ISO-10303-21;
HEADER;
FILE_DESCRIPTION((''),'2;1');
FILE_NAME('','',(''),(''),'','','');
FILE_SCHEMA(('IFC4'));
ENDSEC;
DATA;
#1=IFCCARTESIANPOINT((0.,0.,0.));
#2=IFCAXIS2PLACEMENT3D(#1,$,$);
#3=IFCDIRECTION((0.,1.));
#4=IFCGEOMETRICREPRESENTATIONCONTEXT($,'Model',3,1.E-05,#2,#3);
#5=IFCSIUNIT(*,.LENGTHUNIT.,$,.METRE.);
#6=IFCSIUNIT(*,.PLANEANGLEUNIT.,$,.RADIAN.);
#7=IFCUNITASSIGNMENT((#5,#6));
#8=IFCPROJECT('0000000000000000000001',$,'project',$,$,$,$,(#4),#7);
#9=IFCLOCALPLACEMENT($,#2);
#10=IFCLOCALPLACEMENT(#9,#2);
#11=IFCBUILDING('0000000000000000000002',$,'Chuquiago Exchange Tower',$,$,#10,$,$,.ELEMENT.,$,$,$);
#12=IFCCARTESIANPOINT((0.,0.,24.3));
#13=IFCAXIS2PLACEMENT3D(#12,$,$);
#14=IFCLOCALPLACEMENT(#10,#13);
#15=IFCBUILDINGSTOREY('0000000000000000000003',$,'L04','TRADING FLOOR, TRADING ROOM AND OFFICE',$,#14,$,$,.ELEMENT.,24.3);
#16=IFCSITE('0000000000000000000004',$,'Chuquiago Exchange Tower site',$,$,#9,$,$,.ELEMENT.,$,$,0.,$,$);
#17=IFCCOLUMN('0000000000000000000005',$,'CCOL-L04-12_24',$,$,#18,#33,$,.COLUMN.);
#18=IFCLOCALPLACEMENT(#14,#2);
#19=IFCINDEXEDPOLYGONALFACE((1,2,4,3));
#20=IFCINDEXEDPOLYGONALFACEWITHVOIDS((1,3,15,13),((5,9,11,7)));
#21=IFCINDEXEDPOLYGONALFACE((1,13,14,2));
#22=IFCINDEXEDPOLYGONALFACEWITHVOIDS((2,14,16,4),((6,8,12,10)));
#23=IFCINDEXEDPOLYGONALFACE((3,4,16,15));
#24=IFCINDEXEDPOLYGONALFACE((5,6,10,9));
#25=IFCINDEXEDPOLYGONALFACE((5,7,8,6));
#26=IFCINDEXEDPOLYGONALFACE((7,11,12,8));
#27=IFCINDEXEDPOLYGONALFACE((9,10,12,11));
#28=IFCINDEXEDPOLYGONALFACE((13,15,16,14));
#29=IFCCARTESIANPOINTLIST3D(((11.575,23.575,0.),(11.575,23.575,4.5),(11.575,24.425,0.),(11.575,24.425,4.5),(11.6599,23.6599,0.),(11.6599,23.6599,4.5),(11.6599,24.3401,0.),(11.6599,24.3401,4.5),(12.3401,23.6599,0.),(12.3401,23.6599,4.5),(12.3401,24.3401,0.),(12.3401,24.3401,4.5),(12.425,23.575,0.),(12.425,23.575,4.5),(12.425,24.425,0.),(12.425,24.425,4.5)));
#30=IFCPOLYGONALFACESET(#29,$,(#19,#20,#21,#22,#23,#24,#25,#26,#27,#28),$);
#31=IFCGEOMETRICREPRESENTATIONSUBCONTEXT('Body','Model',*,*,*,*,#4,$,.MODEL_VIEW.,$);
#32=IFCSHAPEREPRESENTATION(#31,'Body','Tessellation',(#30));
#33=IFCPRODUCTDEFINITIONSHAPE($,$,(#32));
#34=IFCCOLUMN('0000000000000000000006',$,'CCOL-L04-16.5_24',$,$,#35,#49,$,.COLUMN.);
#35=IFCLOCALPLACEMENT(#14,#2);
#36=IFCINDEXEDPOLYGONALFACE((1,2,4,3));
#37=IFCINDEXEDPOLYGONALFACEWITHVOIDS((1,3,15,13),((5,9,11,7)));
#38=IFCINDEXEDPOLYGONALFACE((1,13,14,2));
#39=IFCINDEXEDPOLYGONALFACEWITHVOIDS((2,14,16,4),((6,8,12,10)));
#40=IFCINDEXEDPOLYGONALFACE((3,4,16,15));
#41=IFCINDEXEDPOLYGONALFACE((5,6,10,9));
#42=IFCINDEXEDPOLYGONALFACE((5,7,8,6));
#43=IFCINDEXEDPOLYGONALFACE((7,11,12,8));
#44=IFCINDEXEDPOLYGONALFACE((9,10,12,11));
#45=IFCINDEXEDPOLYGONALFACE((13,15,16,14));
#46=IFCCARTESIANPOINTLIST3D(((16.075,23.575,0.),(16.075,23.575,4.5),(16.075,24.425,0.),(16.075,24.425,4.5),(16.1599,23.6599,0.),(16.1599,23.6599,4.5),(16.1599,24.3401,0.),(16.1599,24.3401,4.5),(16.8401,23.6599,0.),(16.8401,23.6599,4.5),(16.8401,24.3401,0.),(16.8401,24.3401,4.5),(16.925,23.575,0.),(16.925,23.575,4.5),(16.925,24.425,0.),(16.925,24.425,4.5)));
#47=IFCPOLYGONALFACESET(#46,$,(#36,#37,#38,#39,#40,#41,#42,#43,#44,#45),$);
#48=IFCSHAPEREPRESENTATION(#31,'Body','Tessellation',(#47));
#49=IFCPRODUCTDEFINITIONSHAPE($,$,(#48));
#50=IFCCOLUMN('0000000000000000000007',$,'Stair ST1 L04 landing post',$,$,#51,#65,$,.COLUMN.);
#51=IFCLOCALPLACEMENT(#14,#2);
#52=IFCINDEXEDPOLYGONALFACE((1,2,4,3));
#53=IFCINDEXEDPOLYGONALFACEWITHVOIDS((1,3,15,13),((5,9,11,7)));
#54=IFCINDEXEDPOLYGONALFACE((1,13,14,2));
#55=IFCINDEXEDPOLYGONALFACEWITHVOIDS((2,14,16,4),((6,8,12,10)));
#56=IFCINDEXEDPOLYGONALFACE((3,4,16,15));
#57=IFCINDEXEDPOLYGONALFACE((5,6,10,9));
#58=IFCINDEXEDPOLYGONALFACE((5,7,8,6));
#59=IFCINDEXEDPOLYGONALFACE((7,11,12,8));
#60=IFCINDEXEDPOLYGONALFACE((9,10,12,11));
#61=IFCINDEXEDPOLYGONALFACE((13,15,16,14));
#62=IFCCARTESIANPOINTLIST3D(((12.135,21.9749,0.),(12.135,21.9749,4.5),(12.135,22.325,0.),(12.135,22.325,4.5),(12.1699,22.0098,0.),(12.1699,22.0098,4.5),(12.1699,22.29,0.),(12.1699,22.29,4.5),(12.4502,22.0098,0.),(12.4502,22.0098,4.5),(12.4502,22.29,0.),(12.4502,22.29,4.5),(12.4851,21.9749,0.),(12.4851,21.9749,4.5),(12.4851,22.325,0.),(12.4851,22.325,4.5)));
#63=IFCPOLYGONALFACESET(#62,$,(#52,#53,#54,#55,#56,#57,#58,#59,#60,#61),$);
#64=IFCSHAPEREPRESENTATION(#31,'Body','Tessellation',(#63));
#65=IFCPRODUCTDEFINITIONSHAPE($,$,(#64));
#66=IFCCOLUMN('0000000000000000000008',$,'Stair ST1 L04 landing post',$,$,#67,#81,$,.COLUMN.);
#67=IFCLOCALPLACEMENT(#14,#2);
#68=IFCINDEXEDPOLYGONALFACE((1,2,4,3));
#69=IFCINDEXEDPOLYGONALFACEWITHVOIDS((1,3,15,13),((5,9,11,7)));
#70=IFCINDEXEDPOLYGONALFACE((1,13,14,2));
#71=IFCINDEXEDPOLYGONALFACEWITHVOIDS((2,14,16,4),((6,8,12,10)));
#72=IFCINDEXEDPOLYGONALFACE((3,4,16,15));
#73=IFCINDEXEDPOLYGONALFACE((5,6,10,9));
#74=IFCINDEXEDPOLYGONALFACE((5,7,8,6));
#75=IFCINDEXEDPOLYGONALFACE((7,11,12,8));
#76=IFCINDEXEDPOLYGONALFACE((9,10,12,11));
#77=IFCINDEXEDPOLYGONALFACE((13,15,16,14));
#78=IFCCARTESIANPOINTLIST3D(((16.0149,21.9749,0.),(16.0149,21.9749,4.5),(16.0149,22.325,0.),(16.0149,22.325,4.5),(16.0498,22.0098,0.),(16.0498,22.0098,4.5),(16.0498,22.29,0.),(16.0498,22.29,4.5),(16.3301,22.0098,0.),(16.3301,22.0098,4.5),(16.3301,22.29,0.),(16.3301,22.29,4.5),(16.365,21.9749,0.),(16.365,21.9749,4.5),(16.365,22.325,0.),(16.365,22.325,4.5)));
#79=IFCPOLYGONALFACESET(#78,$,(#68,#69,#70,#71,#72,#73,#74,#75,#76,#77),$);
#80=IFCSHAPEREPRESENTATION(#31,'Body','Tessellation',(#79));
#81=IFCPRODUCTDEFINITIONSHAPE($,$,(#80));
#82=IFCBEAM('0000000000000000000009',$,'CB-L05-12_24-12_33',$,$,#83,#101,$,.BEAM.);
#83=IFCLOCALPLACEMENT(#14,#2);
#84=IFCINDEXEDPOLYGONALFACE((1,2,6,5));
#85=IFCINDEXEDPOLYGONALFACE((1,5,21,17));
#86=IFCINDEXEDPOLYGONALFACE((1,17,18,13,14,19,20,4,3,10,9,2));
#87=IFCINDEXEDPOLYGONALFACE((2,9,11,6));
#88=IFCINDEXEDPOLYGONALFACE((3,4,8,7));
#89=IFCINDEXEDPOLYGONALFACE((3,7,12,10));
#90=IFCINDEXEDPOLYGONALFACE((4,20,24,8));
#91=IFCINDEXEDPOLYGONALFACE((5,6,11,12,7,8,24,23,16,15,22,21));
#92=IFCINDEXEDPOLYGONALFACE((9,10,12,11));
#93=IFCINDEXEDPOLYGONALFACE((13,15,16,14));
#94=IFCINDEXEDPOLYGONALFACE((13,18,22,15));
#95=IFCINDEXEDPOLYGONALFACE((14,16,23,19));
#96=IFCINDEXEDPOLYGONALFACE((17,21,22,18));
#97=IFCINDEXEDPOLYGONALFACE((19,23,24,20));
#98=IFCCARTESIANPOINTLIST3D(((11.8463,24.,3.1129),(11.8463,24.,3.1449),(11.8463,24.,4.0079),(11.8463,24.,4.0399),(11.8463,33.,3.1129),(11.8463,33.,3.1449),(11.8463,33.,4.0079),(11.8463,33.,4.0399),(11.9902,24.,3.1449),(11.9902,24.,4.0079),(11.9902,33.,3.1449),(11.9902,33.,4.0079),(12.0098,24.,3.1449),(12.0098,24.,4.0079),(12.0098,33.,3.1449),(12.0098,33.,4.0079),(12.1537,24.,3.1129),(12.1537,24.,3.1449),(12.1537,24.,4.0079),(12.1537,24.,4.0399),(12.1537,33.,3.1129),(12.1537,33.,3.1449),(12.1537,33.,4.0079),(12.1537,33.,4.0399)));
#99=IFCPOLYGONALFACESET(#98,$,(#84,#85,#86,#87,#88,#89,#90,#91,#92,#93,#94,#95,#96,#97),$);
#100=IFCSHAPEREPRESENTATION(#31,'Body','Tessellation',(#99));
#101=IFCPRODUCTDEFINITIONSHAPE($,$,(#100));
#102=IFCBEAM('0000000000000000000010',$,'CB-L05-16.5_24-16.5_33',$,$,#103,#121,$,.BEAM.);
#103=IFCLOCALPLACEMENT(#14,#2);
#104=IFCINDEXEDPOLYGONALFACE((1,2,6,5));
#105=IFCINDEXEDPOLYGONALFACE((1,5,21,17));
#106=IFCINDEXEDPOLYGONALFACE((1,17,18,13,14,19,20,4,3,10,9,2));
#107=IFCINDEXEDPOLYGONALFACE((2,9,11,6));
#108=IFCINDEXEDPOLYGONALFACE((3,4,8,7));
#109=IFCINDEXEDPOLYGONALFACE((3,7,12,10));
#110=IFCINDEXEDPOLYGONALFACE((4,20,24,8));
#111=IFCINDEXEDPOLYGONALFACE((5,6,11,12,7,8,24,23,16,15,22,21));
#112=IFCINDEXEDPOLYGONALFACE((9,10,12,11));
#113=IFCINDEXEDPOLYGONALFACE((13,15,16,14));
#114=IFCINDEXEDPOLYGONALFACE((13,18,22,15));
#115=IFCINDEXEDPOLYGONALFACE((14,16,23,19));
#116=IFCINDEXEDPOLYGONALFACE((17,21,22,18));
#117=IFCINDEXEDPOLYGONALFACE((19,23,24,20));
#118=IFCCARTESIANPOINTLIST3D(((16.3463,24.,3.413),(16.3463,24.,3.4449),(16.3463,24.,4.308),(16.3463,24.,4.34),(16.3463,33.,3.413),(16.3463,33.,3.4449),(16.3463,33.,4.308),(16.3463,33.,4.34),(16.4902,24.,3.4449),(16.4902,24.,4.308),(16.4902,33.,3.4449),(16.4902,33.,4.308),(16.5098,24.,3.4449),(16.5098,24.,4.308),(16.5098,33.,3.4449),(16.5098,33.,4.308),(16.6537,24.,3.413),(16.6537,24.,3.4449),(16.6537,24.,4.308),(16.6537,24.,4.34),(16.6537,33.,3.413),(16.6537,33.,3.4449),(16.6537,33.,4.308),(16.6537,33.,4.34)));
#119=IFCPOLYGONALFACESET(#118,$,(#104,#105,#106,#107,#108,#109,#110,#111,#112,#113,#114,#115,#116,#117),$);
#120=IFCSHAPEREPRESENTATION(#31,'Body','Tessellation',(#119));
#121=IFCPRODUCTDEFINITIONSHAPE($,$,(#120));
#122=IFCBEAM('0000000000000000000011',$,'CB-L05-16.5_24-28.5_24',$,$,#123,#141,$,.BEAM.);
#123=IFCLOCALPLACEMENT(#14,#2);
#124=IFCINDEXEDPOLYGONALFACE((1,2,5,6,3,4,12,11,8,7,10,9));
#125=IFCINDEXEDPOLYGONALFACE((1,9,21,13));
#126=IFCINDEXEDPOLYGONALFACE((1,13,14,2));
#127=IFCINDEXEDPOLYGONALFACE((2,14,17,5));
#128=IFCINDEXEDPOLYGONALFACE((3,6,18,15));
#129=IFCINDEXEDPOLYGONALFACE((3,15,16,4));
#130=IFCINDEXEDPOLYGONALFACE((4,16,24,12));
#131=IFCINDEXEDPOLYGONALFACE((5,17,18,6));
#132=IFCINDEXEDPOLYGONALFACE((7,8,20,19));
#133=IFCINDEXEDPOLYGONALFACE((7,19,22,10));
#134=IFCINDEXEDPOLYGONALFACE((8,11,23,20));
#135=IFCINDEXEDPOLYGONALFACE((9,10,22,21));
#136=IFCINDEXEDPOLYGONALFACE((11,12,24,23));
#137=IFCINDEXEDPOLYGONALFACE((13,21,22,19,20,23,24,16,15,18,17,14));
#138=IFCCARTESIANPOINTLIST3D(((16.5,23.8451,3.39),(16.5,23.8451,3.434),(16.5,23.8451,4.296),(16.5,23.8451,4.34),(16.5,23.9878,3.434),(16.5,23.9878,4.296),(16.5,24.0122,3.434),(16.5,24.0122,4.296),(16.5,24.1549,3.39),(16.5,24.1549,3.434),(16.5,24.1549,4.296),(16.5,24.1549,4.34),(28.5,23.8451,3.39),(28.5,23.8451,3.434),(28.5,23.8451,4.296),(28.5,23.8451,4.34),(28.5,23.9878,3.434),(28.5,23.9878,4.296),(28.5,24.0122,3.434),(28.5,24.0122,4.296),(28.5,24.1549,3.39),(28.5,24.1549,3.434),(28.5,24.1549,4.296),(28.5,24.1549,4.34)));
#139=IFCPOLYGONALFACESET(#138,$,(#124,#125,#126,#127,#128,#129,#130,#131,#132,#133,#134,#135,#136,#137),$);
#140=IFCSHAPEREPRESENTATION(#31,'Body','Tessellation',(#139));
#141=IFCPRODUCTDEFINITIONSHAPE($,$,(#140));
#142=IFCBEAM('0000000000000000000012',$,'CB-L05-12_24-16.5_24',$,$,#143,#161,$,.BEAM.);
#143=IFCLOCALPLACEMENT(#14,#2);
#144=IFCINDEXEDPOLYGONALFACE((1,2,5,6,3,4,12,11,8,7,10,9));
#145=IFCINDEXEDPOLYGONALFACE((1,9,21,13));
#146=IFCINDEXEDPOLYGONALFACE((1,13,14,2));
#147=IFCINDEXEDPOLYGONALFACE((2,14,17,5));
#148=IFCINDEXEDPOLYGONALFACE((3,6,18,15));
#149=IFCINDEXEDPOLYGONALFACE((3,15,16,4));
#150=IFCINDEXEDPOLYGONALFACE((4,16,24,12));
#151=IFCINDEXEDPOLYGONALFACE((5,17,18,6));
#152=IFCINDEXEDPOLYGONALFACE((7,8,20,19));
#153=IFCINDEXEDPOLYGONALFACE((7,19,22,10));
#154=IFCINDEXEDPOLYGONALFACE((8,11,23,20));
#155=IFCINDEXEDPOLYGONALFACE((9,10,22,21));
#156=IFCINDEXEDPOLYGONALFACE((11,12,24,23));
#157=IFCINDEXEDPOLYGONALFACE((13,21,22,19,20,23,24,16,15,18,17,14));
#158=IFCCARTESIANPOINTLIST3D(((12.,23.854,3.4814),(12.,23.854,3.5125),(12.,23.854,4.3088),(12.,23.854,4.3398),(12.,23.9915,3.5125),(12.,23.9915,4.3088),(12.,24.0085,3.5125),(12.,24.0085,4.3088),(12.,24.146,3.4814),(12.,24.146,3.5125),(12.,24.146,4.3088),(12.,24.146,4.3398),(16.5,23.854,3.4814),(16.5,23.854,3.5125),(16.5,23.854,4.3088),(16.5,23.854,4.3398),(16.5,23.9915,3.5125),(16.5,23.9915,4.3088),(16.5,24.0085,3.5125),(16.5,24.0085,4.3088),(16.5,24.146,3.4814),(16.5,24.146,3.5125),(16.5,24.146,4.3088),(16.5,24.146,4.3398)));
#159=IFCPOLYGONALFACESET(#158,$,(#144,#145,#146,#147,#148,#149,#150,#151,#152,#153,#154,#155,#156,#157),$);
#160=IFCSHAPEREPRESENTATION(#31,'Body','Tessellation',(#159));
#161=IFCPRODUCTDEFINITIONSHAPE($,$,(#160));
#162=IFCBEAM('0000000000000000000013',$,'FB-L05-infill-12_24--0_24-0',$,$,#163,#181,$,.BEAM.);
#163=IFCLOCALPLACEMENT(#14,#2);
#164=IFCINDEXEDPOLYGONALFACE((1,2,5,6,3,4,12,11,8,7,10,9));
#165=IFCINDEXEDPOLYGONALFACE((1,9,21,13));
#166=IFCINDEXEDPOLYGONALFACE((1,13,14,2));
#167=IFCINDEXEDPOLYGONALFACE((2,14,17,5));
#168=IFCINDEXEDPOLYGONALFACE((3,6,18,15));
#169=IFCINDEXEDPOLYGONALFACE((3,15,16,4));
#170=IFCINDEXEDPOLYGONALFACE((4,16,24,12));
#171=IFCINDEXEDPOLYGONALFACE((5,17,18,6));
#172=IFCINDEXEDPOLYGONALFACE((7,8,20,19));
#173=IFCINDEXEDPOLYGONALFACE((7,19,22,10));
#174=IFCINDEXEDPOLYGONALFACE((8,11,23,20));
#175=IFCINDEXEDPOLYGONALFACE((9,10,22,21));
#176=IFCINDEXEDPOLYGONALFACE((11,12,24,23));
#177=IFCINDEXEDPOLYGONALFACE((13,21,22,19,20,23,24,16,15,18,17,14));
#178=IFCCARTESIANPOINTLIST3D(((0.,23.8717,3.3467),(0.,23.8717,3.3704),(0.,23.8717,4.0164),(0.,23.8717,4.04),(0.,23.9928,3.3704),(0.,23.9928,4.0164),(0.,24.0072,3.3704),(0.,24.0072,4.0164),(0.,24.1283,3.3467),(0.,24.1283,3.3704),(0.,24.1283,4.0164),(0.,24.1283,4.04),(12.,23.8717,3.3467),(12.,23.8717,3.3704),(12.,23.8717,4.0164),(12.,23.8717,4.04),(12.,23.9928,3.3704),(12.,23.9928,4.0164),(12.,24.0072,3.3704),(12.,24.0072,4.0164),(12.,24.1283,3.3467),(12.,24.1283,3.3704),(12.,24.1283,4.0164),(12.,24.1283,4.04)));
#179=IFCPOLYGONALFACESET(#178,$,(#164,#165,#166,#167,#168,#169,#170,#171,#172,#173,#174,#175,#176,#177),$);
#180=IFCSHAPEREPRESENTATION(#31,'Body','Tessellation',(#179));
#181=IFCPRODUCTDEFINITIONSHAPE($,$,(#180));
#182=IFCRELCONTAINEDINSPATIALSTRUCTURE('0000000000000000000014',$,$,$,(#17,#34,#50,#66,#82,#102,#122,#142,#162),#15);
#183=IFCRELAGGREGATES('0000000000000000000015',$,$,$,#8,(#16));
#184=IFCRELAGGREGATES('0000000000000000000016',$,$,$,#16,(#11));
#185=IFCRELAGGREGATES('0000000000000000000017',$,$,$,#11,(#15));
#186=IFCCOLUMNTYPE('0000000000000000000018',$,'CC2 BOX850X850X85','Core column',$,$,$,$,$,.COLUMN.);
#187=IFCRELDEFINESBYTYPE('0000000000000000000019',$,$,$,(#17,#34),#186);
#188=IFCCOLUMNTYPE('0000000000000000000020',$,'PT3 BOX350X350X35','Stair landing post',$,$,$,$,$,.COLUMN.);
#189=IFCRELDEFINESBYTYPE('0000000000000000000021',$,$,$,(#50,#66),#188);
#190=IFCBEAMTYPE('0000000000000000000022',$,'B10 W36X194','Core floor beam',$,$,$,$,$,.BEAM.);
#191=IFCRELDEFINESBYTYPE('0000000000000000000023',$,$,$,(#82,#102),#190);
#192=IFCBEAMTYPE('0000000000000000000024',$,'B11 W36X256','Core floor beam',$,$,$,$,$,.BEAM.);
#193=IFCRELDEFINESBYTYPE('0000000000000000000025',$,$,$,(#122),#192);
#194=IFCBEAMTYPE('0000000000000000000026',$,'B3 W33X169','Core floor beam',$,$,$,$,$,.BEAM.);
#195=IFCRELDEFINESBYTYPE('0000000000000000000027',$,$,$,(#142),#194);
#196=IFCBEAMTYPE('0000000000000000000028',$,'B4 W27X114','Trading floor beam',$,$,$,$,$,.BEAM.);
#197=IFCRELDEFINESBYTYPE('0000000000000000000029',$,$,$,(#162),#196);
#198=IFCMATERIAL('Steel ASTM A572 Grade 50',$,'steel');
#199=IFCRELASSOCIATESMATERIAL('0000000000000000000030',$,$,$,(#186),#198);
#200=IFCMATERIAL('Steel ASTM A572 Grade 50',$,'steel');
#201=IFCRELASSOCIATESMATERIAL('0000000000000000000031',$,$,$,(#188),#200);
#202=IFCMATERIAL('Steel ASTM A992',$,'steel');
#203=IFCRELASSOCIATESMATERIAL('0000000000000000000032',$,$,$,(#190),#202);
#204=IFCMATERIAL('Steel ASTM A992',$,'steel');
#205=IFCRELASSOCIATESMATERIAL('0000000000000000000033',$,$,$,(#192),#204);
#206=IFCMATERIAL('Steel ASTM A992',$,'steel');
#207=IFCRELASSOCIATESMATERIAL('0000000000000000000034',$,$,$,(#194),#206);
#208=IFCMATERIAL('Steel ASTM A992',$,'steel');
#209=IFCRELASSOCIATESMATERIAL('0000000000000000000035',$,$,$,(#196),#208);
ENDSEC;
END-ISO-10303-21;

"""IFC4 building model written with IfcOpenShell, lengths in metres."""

from ifc_helpers import new_model, si_unit, direction, frame, origin, origin_2d, place, context, subcontext, project, spatial, hollow_rectangle, i_section, extrude, material, material_profile, profile_set, type_object, element, save


model = new_model("IFC4")

# Units and contexts
model_context = context("Model", 3, precision=1e-05, world=origin(), true_north=direction((0.0, 1.0)))
body_context = subcontext(model_context, "Body", "Model", "MODEL_VIEW")
ifc_project = project(units=[si_unit("LENGTHUNIT", "METRE"), si_unit("PLANEANGLEUNIT", "RADIAN")], contexts=[model_context])

# Site, building, storey
site_placement = place(None, origin())
site = spatial("IfcSite", under=ifc_project, at=site_placement, Name="Chuquiago Exchange Tower site", CompositionType="ELEMENT", RefElevation=0.0)
building_placement = place(site_placement, origin())
building = spatial("IfcBuilding", under=site, at=building_placement, Name="Chuquiago Exchange Tower", CompositionType="ELEMENT")
storey_placement = place(building_placement, frame((0.0, 0.0, 24.3)))
storey = spatial("IfcBuildingStorey", under=building, at=storey_placement, Name="L04", Description="TRADING FLOOR, TRADING ROOM AND OFFICE", CompositionType="ELEMENT", Elevation=24.3)

# Columns
ifc_material_1 = material(Name="Steel ASTM A572 Grade 50", Category="steel")
ifc_material_profile_1 = material_profile(ifc_material_1, hollow_rectangle(XDim=0.8501, YDim=0.8501, WallThickness=0.085, at=origin_2d()), Name="BOX850X850X85")
ifc_profile_set_1 = profile_set([ifc_material_profile_1], Name="Steel ASTM A572 Grade 50")
column_type_1 = type_object("IfcColumnType", Name="CC2 BOX850X850X85", Description="Core column", PredefinedType="COLUMN", material=ifc_profile_set_1)
for number, where, z_axis, x_axis, name in (
    (1, (12.0, 24.0, 0.0), (0.0, 0.0, 1.0), (1.0, 0.0, 0.0), "CCOL-L04-12_24"),
    (2, (16.5, 24.0, 0.0), (0.0, 0.0, 1.0), (1.0, 0.0, 0.0), "CCOL-L04-16.5_24"),
):
    element("IfcColumn", number, at=place(storey_placement, frame(where, z_axis=z_axis, x_axis=x_axis)), inside=storey, type_object=column_type_1, Name=name, PredefinedType="COLUMN", context=body_context, shape_type="SweptSolid", body=[
        extrude(hollow_rectangle(XDim=0.8501, YDim=0.8501, WallThickness=0.085, at=origin_2d()), origin(), (0.0, 0.0, 1.0), 4.5),
    ])
ifc_material_2 = material(Name="Steel ASTM A572 Grade 50", Category="steel")
ifc_material_profile_2 = material_profile(ifc_material_2, hollow_rectangle(XDim=0.3501, YDim=0.3501, WallThickness=0.0349, at=origin_2d()), Name="BOX350X350X35")
ifc_profile_set_2 = profile_set([ifc_material_profile_2], Name="Steel ASTM A572 Grade 50")
column_type_2 = type_object("IfcColumnType", Name="PT3 BOX350X350X35", Description="Stair landing post", PredefinedType="COLUMN", material=ifc_profile_set_2)
for number, where, z_axis, x_axis, name in (
    (3, (12.3101, 22.1499, 0.0), (0.0, 0.0, 1.0), (1.0, 0.0, 0.0), "Stair ST1 L04 landing post"),
    (4, (16.1899, 22.1499, 0.0), (0.0, 0.0, 1.0), (1.0, 0.0, 0.0), "Stair ST1 L04 landing post"),
):
    element("IfcColumn", number, at=place(storey_placement, frame(where, z_axis=z_axis, x_axis=x_axis)), inside=storey, type_object=column_type_2, Name=name, PredefinedType="COLUMN", context=body_context, shape_type="SweptSolid", body=[
        extrude(hollow_rectangle(XDim=0.3501, YDim=0.3501, WallThickness=0.0349, at=origin_2d()), origin(), (0.0, 0.0, 1.0), 4.5),
    ])

# Beams
ifc_material_3 = material(Name="Steel ASTM A992", Category="steel")
ifc_material_profile_3 = material_profile(ifc_material_3, i_section(OverallWidth=0.3074, OverallDepth=0.927, WebThickness=0.0195, FlangeThickness=0.032, at=origin_2d()), Name="W36X194")
ifc_profile_set_3 = profile_set([ifc_material_profile_3], Name="Steel ASTM A992")
beam_type_1 = type_object("IfcBeamType", Name="B10 W36X194", Description="Core floor beam", PredefinedType="BEAM", material=ifc_profile_set_3)
for number, where, z_axis, x_axis, name in (
    (5, (12.0, 24.0, 3.5764), (0.0, 1.0, 0.0), (-1.0, 0.0, 0.0), "CB-L05-12_24-12_33"),
    (6, (16.5, 24.0, 3.8765), (0.0, 1.0, 0.0), (-1.0, 0.0, 0.0), "CB-L05-16.5_24-16.5_33"),
):
    element("IfcBeam", number, at=place(storey_placement, frame(where, z_axis=z_axis, x_axis=x_axis)), inside=storey, type_object=beam_type_1, Name=name, PredefinedType="BEAM", context=body_context, shape_type="SweptSolid", body=[
        extrude(i_section(OverallWidth=0.3074, OverallDepth=0.927, WebThickness=0.0195, FlangeThickness=0.032, at=origin_2d()), origin(), (0.0, 0.0, 1.0), 9.0),
    ])
ifc_material_4 = material(Name="Steel ASTM A992", Category="steel")
ifc_material_profile_4 = material_profile(ifc_material_4, i_section(OverallWidth=0.3098, OverallDepth=0.95, WebThickness=0.0244, FlangeThickness=0.0439, at=origin_2d()), Name="W36X256")
ifc_profile_set_4 = profile_set([ifc_material_profile_4], Name="Steel ASTM A992")
beam_type_2 = type_object("IfcBeamType", Name="B11 W36X256", Description="Core floor beam", PredefinedType="BEAM", material=ifc_profile_set_4)
beam_1_placement = place(storey_placement, frame((16.5, 24.0, 3.865), z_axis=(1.0, 0.0, 0.0), x_axis=(0.0, 1.0, 0.0)))
element("IfcBeam", 7, at=beam_1_placement, inside=storey, type_object=beam_type_2, Name="CB-L05-16.5_24-28.5_24", PredefinedType="BEAM", context=body_context, shape_type="SweptSolid", body=[
    extrude(i_section(OverallWidth=0.3098, OverallDepth=0.95, WebThickness=0.0244, FlangeThickness=0.0439, at=origin_2d()), origin(), (0.0, 0.0, 1.0), 12.0),
])
ifc_material_5 = material(Name="Steel ASTM A992", Category="steel")
ifc_material_profile_5 = material_profile(ifc_material_5, i_section(OverallWidth=0.292, OverallDepth=0.8584, WebThickness=0.0171, FlangeThickness=0.031, at=origin_2d()), Name="W33X169")
ifc_profile_set_5 = profile_set([ifc_material_profile_5], Name="Steel ASTM A992")
beam_type_3 = type_object("IfcBeamType", Name="B3 W33X169", Description="Core floor beam", PredefinedType="BEAM", material=ifc_profile_set_5)
beam_2_placement = place(storey_placement, frame((12.0, 24.0, 3.9106), z_axis=(1.0, 0.0, 0.0), x_axis=(0.0, 1.0, 0.0)))
element("IfcBeam", 8, at=beam_2_placement, inside=storey, type_object=beam_type_3, Name="CB-L05-12_24-16.5_24", PredefinedType="BEAM", context=body_context, shape_type="SweptSolid", body=[
    extrude(i_section(OverallWidth=0.292, OverallDepth=0.8584, WebThickness=0.0171, FlangeThickness=0.031, at=origin_2d()), origin(), (0.0, 0.0, 1.0), 4.5),
])
ifc_material_6 = material(Name="Steel ASTM A992", Category="steel")
ifc_material_profile_6 = material_profile(ifc_material_6, i_section(OverallWidth=0.2566, OverallDepth=0.6934, WebThickness=0.0144, FlangeThickness=0.0237, at=origin_2d()), Name="W27X114")
ifc_profile_set_6 = profile_set([ifc_material_profile_6], Name="Steel ASTM A992")
beam_type_4 = type_object("IfcBeamType", Name="B4 W27X114", Description="Trading floor beam", PredefinedType="BEAM", material=ifc_profile_set_6)
for number, where, z_axis, x_axis, name in (
    (9, (12.0, 24.0, 3.6934), (-1.0, 0.0, 0.0), (0.0, -1.0, 0.0), "FB-L05-infill-12_24--0_24-0"),
):
    element("IfcBeam", number, at=place(storey_placement, frame(where, z_axis=z_axis, x_axis=x_axis)), inside=storey, type_object=beam_type_4, Name=name, PredefinedType="BEAM", context=body_context, shape_type="SweptSolid", body=[
        extrude(i_section(OverallWidth=0.2566, OverallDepth=0.6934, WebThickness=0.0144, FlangeThickness=0.0237, at=origin_2d()), origin(), (0.0, 0.0, 1.0), 12.0),
    ])

save(model, "model.ifc")
